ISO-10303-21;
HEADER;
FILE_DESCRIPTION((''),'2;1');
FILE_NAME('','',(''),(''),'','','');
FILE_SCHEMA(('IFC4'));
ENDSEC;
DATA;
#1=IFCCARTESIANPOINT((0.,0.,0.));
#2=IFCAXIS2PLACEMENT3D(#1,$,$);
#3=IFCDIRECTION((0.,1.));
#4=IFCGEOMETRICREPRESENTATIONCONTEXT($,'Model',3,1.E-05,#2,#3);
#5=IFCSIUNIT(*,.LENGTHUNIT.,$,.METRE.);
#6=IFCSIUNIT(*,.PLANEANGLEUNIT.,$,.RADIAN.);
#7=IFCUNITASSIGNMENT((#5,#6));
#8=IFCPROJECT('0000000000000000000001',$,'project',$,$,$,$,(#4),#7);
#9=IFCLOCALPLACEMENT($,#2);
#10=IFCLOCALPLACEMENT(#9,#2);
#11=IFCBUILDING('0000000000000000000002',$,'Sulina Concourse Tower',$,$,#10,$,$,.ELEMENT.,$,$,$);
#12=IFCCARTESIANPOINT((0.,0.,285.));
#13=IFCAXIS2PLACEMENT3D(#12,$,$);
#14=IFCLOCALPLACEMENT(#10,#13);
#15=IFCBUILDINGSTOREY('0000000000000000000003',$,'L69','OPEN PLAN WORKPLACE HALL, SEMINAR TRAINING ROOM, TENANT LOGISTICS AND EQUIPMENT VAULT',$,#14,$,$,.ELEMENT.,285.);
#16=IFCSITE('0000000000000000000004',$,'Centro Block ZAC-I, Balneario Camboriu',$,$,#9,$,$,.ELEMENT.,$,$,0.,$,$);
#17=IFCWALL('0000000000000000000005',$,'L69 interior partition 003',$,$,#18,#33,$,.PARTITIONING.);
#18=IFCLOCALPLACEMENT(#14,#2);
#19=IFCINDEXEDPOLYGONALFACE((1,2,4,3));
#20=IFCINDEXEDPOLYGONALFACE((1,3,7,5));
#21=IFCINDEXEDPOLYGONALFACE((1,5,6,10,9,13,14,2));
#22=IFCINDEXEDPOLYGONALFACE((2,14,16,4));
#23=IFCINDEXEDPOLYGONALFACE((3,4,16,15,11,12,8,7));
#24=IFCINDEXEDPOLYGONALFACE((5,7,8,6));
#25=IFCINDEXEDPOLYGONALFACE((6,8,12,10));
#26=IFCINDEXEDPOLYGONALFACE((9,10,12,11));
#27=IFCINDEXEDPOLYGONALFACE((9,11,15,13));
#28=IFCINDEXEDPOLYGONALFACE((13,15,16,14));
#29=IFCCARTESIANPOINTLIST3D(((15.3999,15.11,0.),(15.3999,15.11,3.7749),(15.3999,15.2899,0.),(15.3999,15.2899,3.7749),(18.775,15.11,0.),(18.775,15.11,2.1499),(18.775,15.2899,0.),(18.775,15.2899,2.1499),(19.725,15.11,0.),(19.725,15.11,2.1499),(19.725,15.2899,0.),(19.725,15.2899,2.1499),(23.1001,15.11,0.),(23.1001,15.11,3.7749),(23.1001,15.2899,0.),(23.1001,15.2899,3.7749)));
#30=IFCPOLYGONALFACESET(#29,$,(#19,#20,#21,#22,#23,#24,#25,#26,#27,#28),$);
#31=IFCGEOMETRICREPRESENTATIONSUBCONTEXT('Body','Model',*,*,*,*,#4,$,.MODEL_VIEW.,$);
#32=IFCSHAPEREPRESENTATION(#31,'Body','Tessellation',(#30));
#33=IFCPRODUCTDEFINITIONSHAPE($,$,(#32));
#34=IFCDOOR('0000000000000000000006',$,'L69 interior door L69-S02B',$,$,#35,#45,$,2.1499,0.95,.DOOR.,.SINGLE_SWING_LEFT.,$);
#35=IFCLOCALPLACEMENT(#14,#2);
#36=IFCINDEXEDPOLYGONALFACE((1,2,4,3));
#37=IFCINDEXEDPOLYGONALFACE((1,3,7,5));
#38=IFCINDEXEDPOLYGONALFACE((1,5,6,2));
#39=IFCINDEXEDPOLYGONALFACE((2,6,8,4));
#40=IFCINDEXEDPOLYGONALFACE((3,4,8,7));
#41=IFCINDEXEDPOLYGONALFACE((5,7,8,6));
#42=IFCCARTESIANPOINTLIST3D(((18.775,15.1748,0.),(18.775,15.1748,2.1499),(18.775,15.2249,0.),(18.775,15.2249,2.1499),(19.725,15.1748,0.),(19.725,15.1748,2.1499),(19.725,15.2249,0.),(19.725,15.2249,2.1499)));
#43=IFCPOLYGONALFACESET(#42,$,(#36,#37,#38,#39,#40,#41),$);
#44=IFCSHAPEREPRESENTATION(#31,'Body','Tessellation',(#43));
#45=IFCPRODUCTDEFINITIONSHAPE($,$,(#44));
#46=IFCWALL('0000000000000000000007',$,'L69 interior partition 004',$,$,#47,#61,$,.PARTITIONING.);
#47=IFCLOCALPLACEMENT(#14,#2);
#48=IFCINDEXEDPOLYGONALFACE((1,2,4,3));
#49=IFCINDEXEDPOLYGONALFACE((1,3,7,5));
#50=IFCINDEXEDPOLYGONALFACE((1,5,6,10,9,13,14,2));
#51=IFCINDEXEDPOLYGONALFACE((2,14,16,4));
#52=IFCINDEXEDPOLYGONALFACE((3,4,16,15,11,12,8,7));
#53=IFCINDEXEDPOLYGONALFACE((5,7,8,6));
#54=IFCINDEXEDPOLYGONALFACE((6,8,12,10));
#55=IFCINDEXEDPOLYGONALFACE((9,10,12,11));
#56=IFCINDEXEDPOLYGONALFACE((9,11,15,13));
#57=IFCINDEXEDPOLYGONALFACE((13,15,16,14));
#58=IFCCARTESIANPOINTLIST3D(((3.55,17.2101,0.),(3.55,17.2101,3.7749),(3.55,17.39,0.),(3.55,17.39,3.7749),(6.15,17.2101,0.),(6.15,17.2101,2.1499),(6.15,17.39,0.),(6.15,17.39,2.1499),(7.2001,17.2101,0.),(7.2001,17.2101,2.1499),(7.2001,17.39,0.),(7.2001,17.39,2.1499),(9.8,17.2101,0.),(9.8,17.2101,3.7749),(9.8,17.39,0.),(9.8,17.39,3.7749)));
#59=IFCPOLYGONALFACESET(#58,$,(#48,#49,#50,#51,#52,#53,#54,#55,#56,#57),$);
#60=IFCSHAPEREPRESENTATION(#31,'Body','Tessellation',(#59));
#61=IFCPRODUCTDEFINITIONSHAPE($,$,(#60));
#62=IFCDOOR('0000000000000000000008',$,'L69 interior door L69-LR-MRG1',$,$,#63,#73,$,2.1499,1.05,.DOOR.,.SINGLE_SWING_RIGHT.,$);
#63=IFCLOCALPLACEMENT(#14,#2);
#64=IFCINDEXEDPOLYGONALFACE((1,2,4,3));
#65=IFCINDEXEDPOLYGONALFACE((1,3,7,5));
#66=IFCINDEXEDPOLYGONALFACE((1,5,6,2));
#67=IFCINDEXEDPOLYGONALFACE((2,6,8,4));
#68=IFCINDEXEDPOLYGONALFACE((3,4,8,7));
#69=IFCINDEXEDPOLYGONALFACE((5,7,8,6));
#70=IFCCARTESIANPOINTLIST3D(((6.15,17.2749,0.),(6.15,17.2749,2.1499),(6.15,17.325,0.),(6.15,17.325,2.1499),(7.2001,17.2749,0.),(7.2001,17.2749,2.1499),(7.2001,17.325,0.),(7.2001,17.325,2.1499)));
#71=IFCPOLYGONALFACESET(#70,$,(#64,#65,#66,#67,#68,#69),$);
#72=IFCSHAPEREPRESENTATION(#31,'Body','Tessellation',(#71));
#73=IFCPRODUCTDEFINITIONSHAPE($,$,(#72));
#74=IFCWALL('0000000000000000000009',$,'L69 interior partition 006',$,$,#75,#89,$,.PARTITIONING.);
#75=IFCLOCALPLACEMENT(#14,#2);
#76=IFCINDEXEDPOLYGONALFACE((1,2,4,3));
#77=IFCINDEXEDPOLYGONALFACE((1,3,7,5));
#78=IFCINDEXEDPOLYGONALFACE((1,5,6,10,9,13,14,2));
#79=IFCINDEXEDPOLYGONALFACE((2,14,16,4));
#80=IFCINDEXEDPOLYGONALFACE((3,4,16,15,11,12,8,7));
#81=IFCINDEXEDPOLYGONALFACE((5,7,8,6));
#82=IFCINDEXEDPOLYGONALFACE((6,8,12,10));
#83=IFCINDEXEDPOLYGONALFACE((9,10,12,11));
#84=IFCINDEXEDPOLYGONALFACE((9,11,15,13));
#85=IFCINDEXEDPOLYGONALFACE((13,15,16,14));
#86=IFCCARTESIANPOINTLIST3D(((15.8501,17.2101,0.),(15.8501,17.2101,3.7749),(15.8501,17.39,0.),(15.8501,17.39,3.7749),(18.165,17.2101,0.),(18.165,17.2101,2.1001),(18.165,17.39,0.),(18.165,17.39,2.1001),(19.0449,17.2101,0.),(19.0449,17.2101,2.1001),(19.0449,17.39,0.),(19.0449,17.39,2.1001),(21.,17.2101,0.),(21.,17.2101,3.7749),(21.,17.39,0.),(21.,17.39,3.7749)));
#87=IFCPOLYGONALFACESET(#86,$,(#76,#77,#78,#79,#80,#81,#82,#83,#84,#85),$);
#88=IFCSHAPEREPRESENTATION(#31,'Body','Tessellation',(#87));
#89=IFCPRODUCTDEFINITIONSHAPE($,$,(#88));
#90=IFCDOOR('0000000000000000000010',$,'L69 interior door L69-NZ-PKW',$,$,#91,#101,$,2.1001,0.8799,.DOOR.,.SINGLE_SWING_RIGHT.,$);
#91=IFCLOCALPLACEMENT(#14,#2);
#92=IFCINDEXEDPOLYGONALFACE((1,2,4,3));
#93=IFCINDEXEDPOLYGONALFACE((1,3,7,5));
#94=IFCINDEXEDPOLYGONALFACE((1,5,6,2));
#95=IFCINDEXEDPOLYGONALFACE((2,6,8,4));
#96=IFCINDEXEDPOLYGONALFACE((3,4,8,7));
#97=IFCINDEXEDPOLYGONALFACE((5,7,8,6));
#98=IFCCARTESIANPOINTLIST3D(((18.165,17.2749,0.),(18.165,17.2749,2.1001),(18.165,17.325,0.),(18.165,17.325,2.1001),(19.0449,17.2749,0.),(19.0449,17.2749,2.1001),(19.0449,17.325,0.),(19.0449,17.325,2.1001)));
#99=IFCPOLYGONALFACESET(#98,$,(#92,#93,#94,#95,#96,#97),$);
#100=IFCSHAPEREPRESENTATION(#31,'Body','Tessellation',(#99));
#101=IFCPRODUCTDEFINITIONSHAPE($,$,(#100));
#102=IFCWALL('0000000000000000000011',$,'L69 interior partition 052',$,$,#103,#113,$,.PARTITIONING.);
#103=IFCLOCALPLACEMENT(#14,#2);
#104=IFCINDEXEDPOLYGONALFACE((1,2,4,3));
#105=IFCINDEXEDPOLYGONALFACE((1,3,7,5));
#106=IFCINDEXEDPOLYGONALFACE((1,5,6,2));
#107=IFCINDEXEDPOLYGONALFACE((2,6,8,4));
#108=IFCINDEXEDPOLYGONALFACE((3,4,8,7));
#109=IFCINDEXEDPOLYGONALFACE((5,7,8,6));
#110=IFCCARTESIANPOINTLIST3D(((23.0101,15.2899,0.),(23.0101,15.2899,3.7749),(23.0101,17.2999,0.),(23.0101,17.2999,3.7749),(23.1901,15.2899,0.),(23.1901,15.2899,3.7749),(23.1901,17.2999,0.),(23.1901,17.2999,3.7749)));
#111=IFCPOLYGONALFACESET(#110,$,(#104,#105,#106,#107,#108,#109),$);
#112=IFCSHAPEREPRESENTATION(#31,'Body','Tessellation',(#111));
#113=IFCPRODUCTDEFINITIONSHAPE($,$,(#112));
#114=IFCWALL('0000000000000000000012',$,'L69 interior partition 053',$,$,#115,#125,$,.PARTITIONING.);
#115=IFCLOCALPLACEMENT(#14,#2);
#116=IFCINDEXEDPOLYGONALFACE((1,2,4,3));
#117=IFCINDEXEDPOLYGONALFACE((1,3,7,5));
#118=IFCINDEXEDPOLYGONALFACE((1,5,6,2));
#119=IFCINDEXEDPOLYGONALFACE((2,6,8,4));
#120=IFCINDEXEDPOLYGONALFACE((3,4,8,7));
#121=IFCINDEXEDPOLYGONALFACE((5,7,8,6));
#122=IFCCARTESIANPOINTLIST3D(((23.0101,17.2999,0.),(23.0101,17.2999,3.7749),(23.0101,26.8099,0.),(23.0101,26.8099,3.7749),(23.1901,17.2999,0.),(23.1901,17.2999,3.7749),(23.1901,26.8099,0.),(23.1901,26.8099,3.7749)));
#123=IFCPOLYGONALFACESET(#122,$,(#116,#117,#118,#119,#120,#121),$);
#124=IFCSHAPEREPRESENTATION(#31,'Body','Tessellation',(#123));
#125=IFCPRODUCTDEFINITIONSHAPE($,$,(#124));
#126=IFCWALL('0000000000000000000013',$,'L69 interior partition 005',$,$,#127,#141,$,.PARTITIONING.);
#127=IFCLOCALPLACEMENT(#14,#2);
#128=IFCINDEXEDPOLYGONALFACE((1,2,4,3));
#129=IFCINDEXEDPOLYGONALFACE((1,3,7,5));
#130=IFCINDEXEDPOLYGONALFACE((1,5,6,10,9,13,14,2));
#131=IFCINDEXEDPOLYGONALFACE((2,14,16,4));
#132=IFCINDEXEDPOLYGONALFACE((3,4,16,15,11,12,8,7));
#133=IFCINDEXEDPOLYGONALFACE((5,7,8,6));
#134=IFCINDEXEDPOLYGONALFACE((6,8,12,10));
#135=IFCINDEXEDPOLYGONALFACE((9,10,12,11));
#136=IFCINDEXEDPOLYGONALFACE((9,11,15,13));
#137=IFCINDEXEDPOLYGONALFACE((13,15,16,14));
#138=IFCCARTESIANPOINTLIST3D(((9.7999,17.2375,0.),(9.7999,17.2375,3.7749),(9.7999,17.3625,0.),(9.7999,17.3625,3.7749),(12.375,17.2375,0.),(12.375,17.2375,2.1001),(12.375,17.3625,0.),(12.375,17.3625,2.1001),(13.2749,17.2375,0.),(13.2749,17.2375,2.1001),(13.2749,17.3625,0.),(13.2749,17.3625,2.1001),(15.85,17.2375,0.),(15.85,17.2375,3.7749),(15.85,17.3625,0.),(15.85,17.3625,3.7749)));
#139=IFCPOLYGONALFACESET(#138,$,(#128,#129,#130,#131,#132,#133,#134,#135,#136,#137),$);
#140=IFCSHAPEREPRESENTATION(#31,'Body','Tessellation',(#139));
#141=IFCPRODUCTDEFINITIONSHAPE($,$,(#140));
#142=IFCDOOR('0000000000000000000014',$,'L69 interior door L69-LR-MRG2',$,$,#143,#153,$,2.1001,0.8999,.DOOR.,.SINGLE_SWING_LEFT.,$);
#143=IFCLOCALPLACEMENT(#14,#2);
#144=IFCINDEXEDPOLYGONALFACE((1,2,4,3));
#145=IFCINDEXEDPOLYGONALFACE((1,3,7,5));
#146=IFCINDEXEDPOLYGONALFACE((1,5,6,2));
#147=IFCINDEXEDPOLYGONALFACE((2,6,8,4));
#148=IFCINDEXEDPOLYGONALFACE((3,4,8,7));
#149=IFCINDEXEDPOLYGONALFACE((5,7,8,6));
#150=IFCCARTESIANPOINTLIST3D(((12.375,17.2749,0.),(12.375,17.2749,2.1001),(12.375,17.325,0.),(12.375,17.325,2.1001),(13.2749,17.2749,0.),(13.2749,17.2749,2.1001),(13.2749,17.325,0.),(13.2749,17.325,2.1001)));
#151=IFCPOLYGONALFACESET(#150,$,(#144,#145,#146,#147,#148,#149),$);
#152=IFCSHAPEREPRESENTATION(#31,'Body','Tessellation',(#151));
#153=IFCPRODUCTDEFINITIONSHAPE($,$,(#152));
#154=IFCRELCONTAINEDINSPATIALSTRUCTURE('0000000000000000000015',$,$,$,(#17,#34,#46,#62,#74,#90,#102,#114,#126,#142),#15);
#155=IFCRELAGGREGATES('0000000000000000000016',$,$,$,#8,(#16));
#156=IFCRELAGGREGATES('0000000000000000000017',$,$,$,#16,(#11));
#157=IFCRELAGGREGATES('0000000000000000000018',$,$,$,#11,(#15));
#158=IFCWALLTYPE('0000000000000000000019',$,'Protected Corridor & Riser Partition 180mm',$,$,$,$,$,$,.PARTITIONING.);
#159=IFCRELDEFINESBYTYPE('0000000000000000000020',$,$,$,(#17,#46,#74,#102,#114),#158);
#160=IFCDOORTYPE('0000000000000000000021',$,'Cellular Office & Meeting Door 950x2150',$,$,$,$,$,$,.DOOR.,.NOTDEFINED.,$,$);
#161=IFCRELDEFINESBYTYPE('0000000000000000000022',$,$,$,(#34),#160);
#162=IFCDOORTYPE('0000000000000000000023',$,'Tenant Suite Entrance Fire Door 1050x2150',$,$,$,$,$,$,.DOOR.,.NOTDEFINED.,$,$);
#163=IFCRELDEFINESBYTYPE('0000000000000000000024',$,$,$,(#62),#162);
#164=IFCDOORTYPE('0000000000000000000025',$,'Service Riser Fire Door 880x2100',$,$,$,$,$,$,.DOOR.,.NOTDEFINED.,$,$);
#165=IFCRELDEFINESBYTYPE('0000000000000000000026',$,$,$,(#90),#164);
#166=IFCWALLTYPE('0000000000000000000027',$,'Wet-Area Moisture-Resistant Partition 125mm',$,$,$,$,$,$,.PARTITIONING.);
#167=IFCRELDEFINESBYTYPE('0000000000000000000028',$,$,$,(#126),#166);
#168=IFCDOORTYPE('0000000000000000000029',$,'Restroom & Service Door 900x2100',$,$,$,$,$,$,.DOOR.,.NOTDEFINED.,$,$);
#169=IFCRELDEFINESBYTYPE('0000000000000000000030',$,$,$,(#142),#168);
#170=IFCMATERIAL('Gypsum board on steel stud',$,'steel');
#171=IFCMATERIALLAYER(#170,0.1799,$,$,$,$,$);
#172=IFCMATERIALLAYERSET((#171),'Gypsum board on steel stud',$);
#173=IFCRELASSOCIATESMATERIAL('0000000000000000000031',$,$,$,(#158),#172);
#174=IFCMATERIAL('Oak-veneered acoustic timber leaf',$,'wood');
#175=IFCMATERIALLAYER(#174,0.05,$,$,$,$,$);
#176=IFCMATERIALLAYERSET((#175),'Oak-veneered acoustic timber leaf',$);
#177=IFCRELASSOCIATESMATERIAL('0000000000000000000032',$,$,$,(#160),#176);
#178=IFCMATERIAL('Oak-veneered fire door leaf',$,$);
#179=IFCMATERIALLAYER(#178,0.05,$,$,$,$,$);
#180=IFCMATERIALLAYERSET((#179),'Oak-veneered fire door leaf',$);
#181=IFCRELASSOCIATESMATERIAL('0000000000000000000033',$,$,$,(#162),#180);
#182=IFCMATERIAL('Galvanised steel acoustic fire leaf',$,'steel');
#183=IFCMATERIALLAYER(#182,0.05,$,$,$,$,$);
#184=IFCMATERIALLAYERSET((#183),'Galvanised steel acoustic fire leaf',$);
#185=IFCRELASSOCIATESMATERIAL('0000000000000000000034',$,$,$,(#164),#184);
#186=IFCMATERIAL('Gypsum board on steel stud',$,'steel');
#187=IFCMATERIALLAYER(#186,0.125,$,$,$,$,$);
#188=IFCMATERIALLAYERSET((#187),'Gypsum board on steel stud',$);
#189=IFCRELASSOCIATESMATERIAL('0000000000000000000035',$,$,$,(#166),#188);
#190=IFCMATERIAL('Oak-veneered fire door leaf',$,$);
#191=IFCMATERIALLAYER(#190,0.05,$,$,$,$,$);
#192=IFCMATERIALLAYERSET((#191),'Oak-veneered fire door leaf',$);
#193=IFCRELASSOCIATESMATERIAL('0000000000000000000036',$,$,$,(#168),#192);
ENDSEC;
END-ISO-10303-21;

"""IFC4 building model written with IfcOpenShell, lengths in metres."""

from ifc_helpers import new_model, si_unit, direction, frame, frame_2d, origin, place, context, subcontext, project, spatial, rectangle, extrude, material, layer, layer_set, type_object, element, fill, save


model = new_model("IFC4")

# Units and contexts
model_context = context("Model", 3, precision=1e-05, world=origin(), true_north=direction((0.0, 1.0)))
body_context = subcontext(model_context, "Body", "Model", "MODEL_VIEW")
ifc_project = project(units=[si_unit("LENGTHUNIT", "METRE"), si_unit("PLANEANGLEUNIT", "RADIAN")], contexts=[model_context])

# Site, building, storey
site_placement = place(None, origin())
site = spatial("IfcSite", under=ifc_project, at=site_placement, Name="Centro Block ZAC-I, Balneario Camboriu", CompositionType="ELEMENT", RefElevation=0.0)
building_placement = place(site_placement, origin())
building = spatial("IfcBuilding", under=site, at=building_placement, Name="Sulina Concourse Tower", CompositionType="ELEMENT")
storey_placement = place(building_placement, frame((0.0, 0.0, 285.0)))
storey = spatial("IfcBuildingStorey", under=building, at=storey_placement, Name="L69", Description="OPEN PLAN WORKPLACE HALL, SEMINAR TRAINING ROOM, TENANT LOGISTICS AND EQUIPMENT VAULT", CompositionType="ELEMENT", Elevation=285.0)

# Walls, openings, doors
ifc_material_1 = material(Name="Gypsum board on steel stud", Category="steel")
ifc_layer_1 = layer(ifc_material_1, 0.1799)
ifc_layer_set_1 = layer_set([ifc_layer_1], Name="Gypsum board on steel stud")
wall_type_1 = type_object("IfcWallType", Name="Protected Corridor & Riser Partition 180mm", PredefinedType="PARTITIONING", material=ifc_layer_set_1)
ifc_material_2 = material(Name="Oak-veneered acoustic timber leaf", Category="wood")
ifc_layer_2 = layer(ifc_material_2, 0.05)
ifc_layer_set_2 = layer_set([ifc_layer_2], Name="Oak-veneered acoustic timber leaf")
door_type_1 = type_object("IfcDoorType", Name="Cellular Office & Meeting Door 950x2150", OperationType="NOTDEFINED", PredefinedType="DOOR", material=ifc_layer_set_2)
ifc_material_3 = material(Name="Oak-veneered fire door leaf")
ifc_layer_3 = layer(ifc_material_3, 0.05)
ifc_layer_set_3 = layer_set([ifc_layer_3], Name="Oak-veneered fire door leaf")
door_type_2 = type_object("IfcDoorType", Name="Tenant Suite Entrance Fire Door 1050x2150", OperationType="NOTDEFINED", PredefinedType="DOOR", material=ifc_layer_set_3)
wall_1_placement = place(storey_placement, frame((15.3999, 15.2, 0.0), z_axis=(0.0, 0.0, 1.0), x_axis=(1.0, 0.0, 0.0)))
wall_1 = element("IfcWall", 1, at=wall_1_placement, inside=storey, type_object=wall_type_1, Name="L69 interior partition 003", PredefinedType="PARTITIONING", context=body_context, shape_type="SweptSolid", body=[
    extrude(rectangle(XDim=7.7002, YDim=0.1799, at=frame_2d((3.8501, 0.0))), origin(), (0.0, 0.0, 1.0), 3.7749),
])
opening_1_placement = place(wall_1_placement, frame((3.375, 0.0, 0.0)))
opening_1 = element("IfcOpeningElement", 2, at=opening_1_placement, cuts=wall_1, PredefinedType="OPENING", context=body_context, shape_type="SweptSolid", body=[
    extrude(rectangle(XDim=0.95, YDim=2.1499, at=frame_2d((0.4751, 1.075))), frame((0.0, 0.0999, 0.0), z_axis=(0.0, -1.0, 0.0), x_axis=(1.0, 0.0, 0.0)), (0.0, 0.0, 1.0), 0.2),
])
door_1_placement = place(opening_1_placement, origin())
door_1 = element("IfcDoor", 3, at=door_1_placement, inside=storey, type_object=door_type_1, Name="L69 interior door L69-S02B", OperationType="SINGLE_SWING_LEFT", OverallHeight=2.1499, OverallWidth=0.95, PredefinedType="DOOR", context=body_context, shape_type="SweptSolid", body=[
    extrude(rectangle(XDim=0.95, YDim=2.1499, at=frame_2d((0.4751, 1.075))), frame((0.0, 0.0249, 0.0), z_axis=(0.0, -1.0, 0.0), x_axis=(1.0, 0.0, 0.0)), (0.0, 0.0, 1.0), 0.05),
])
fill(opening_1, door_1)
wall_2_placement = place(storey_placement, frame((3.55, 17.3, 0.0), z_axis=(0.0, 0.0, 1.0), x_axis=(1.0, 0.0, 0.0)))
wall_2 = element("IfcWall", 4, at=wall_2_placement, inside=storey, type_object=wall_type_1, Name="L69 interior partition 004", PredefinedType="PARTITIONING", context=body_context, shape_type="SweptSolid", body=[
    extrude(rectangle(XDim=6.25, YDim=0.1799, at=frame_2d((3.125, 0.0))), origin(), (0.0, 0.0, 1.0), 3.7749),
])
opening_2_placement = place(wall_2_placement, frame((2.6001, 0.0, 0.0)))
opening_2 = element("IfcOpeningElement", 5, at=opening_2_placement, cuts=wall_2, PredefinedType="OPENING", context=body_context, shape_type="SweptSolid", body=[
    extrude(rectangle(XDim=1.05, YDim=2.1499, at=frame_2d((0.5249, 1.075))), frame((0.0, 0.0999, 0.0), z_axis=(0.0, -1.0, 0.0), x_axis=(1.0, 0.0, 0.0)), (0.0, 0.0, 1.0), 0.2),
])
door_2_placement = place(opening_2_placement, origin())
door_2 = element("IfcDoor", 6, at=door_2_placement, inside=storey, type_object=door_type_2, Name="L69 interior door L69-LR-MRG1", OperationType="SINGLE_SWING_RIGHT", OverallHeight=2.1499, OverallWidth=1.05, PredefinedType="DOOR", context=body_context, shape_type="SweptSolid", body=[
    extrude(rectangle(XDim=1.05, YDim=2.1499, at=frame_2d((0.5249, 1.075))), frame((0.0, 0.0249, 0.0), z_axis=(0.0, -1.0, 0.0), x_axis=(1.0, 0.0, 0.0)), (0.0, 0.0, 1.0), 0.05),
])
fill(opening_2, door_2)
wall_3_placement = place(storey_placement, frame((15.8501, 17.3, 0.0), z_axis=(0.0, 0.0, 1.0), x_axis=(1.0, 0.0, 0.0)))
wall_3 = element("IfcWall", 7, at=wall_3_placement, inside=storey, type_object=wall_type_1, Name="L69 interior partition 006", PredefinedType="PARTITIONING", context=body_context, shape_type="SweptSolid", body=[
    extrude(rectangle(XDim=5.1499, YDim=0.1799, at=frame_2d((2.575, 0.0))), origin(), (0.0, 0.0, 1.0), 3.7749),
])
opening_3_placement = place(wall_3_placement, frame((2.3149, 0.0, 0.0)))
opening_3 = element("IfcOpeningElement", 8, at=opening_3_placement, cuts=wall_3, PredefinedType="OPENING", context=body_context, shape_type="SweptSolid", body=[
    extrude(rectangle(XDim=0.8799, YDim=2.1001, at=frame_2d((0.4399, 1.05))), frame((0.0, 0.0999, 0.0), z_axis=(0.0, -1.0, 0.0), x_axis=(1.0, 0.0, 0.0)), (0.0, 0.0, 1.0), 0.2),
])
ifc_material_4 = material(Name="Galvanised steel acoustic fire leaf", Category="steel")
ifc_layer_4 = layer(ifc_material_4, 0.05)
ifc_layer_set_4 = layer_set([ifc_layer_4], Name="Galvanised steel acoustic fire leaf")
door_type_3 = type_object("IfcDoorType", Name="Service Riser Fire Door 880x2100", OperationType="NOTDEFINED", PredefinedType="DOOR", material=ifc_layer_set_4)
door_3_placement = place(opening_3_placement, origin())
door_3 = element("IfcDoor", 9, at=door_3_placement, inside=storey, type_object=door_type_3, Name="L69 interior door L69-NZ-PKW", OperationType="SINGLE_SWING_RIGHT", OverallHeight=2.1001, OverallWidth=0.8799, PredefinedType="DOOR", context=body_context, shape_type="SweptSolid", body=[
    extrude(rectangle(XDim=0.8799, YDim=2.1001, at=frame_2d((0.4399, 1.05))), frame((0.0, 0.0249, 0.0), z_axis=(0.0, -1.0, 0.0), x_axis=(1.0, 0.0, 0.0)), (0.0, 0.0, 1.0), 0.05),
])
fill(opening_3, door_3)

# Walls
wall_4_placement = place(storey_placement, frame((23.1001, 15.29, 0.0), z_axis=(0.0, 0.0, 1.0), x_axis=(0.0, 1.0, 0.0)))
element("IfcWall", 10, at=wall_4_placement, inside=storey, type_object=wall_type_1, Name="L69 interior partition 052", PredefinedType="PARTITIONING", context=body_context, shape_type="SweptSolid", body=[
    extrude(rectangle(XDim=2.01, YDim=0.1799, at=frame_2d((1.0049, 0.0))), origin(), (0.0, 0.0, 1.0), 3.7749),
])
wall_5_placement = place(storey_placement, frame((23.1001, 17.3, 0.0), z_axis=(0.0, 0.0, 1.0), x_axis=(0.0, 1.0, 0.0)))
element("IfcWall", 11, at=wall_5_placement, inside=storey, type_object=wall_type_1, Name="L69 interior partition 053", PredefinedType="PARTITIONING", context=body_context, shape_type="SweptSolid", body=[
    extrude(rectangle(XDim=9.51, YDim=0.1799, at=frame_2d((4.7549, 0.0))), origin(), (0.0, 0.0, 1.0), 3.7749),
])

# Wall, opening, door
ifc_material_5 = material(Name="Gypsum board on steel stud", Category="steel")
ifc_layer_5 = layer(ifc_material_5, 0.125)
ifc_layer_set_5 = layer_set([ifc_layer_5], Name="Gypsum board on steel stud")
wall_type_2 = type_object("IfcWallType", Name="Wet-Area Moisture-Resistant Partition 125mm", PredefinedType="PARTITIONING", material=ifc_layer_set_5)
wall_6_placement = place(storey_placement, frame((9.8, 17.3, 0.0), z_axis=(0.0, 0.0, 1.0), x_axis=(1.0, 0.0, 0.0)))
wall_6 = element("IfcWall", 12, at=wall_6_placement, inside=storey, type_object=wall_type_2, Name="L69 interior partition 005", PredefinedType="PARTITIONING", context=body_context, shape_type="SweptSolid", body=[
    extrude(rectangle(XDim=6.05, YDim=0.125, at=frame_2d((3.0249, 0.0))), origin(), (0.0, 0.0, 1.0), 3.7749),
])
opening_4_placement = place(wall_6_placement, frame((2.575, 0.0, 0.0)))
opening_4 = element("IfcOpeningElement", 13, at=opening_4_placement, cuts=wall_6, PredefinedType="OPENING", context=body_context, shape_type="SweptSolid", body=[
    extrude(rectangle(XDim=0.8999, YDim=2.1001, at=frame_2d((0.45, 1.05))), frame((0.0, 0.0725, 0.0), z_axis=(0.0, -1.0, 0.0), x_axis=(1.0, 0.0, 0.0)), (0.0, 0.0, 1.0), 0.145),
])
ifc_material_6 = material(Name="Oak-veneered fire door leaf")
ifc_layer_6 = layer(ifc_material_6, 0.05)
ifc_layer_set_6 = layer_set([ifc_layer_6], Name="Oak-veneered fire door leaf")
door_type_4 = type_object("IfcDoorType", Name="Restroom & Service Door 900x2100", OperationType="NOTDEFINED", PredefinedType="DOOR", material=ifc_layer_set_6)
door_4_placement = place(opening_4_placement, origin())
door_4 = element("IfcDoor", 14, at=door_4_placement, inside=storey, type_object=door_type_4, Name="L69 interior door L69-LR-MRG2", OperationType="SINGLE_SWING_LEFT", OverallHeight=2.1001, OverallWidth=0.8999, PredefinedType="DOOR", context=body_context, shape_type="SweptSolid", body=[
    extrude(rectangle(XDim=0.8999, YDim=2.1001, at=frame_2d((0.45, 1.05))), frame((0.0, 0.0249, 0.0), z_axis=(0.0, -1.0, 0.0), x_axis=(1.0, 0.0, 0.0)), (0.0, 0.0, 1.0), 0.05),
])
fill(opening_4, door_4)

save(model, "model.ifc")
